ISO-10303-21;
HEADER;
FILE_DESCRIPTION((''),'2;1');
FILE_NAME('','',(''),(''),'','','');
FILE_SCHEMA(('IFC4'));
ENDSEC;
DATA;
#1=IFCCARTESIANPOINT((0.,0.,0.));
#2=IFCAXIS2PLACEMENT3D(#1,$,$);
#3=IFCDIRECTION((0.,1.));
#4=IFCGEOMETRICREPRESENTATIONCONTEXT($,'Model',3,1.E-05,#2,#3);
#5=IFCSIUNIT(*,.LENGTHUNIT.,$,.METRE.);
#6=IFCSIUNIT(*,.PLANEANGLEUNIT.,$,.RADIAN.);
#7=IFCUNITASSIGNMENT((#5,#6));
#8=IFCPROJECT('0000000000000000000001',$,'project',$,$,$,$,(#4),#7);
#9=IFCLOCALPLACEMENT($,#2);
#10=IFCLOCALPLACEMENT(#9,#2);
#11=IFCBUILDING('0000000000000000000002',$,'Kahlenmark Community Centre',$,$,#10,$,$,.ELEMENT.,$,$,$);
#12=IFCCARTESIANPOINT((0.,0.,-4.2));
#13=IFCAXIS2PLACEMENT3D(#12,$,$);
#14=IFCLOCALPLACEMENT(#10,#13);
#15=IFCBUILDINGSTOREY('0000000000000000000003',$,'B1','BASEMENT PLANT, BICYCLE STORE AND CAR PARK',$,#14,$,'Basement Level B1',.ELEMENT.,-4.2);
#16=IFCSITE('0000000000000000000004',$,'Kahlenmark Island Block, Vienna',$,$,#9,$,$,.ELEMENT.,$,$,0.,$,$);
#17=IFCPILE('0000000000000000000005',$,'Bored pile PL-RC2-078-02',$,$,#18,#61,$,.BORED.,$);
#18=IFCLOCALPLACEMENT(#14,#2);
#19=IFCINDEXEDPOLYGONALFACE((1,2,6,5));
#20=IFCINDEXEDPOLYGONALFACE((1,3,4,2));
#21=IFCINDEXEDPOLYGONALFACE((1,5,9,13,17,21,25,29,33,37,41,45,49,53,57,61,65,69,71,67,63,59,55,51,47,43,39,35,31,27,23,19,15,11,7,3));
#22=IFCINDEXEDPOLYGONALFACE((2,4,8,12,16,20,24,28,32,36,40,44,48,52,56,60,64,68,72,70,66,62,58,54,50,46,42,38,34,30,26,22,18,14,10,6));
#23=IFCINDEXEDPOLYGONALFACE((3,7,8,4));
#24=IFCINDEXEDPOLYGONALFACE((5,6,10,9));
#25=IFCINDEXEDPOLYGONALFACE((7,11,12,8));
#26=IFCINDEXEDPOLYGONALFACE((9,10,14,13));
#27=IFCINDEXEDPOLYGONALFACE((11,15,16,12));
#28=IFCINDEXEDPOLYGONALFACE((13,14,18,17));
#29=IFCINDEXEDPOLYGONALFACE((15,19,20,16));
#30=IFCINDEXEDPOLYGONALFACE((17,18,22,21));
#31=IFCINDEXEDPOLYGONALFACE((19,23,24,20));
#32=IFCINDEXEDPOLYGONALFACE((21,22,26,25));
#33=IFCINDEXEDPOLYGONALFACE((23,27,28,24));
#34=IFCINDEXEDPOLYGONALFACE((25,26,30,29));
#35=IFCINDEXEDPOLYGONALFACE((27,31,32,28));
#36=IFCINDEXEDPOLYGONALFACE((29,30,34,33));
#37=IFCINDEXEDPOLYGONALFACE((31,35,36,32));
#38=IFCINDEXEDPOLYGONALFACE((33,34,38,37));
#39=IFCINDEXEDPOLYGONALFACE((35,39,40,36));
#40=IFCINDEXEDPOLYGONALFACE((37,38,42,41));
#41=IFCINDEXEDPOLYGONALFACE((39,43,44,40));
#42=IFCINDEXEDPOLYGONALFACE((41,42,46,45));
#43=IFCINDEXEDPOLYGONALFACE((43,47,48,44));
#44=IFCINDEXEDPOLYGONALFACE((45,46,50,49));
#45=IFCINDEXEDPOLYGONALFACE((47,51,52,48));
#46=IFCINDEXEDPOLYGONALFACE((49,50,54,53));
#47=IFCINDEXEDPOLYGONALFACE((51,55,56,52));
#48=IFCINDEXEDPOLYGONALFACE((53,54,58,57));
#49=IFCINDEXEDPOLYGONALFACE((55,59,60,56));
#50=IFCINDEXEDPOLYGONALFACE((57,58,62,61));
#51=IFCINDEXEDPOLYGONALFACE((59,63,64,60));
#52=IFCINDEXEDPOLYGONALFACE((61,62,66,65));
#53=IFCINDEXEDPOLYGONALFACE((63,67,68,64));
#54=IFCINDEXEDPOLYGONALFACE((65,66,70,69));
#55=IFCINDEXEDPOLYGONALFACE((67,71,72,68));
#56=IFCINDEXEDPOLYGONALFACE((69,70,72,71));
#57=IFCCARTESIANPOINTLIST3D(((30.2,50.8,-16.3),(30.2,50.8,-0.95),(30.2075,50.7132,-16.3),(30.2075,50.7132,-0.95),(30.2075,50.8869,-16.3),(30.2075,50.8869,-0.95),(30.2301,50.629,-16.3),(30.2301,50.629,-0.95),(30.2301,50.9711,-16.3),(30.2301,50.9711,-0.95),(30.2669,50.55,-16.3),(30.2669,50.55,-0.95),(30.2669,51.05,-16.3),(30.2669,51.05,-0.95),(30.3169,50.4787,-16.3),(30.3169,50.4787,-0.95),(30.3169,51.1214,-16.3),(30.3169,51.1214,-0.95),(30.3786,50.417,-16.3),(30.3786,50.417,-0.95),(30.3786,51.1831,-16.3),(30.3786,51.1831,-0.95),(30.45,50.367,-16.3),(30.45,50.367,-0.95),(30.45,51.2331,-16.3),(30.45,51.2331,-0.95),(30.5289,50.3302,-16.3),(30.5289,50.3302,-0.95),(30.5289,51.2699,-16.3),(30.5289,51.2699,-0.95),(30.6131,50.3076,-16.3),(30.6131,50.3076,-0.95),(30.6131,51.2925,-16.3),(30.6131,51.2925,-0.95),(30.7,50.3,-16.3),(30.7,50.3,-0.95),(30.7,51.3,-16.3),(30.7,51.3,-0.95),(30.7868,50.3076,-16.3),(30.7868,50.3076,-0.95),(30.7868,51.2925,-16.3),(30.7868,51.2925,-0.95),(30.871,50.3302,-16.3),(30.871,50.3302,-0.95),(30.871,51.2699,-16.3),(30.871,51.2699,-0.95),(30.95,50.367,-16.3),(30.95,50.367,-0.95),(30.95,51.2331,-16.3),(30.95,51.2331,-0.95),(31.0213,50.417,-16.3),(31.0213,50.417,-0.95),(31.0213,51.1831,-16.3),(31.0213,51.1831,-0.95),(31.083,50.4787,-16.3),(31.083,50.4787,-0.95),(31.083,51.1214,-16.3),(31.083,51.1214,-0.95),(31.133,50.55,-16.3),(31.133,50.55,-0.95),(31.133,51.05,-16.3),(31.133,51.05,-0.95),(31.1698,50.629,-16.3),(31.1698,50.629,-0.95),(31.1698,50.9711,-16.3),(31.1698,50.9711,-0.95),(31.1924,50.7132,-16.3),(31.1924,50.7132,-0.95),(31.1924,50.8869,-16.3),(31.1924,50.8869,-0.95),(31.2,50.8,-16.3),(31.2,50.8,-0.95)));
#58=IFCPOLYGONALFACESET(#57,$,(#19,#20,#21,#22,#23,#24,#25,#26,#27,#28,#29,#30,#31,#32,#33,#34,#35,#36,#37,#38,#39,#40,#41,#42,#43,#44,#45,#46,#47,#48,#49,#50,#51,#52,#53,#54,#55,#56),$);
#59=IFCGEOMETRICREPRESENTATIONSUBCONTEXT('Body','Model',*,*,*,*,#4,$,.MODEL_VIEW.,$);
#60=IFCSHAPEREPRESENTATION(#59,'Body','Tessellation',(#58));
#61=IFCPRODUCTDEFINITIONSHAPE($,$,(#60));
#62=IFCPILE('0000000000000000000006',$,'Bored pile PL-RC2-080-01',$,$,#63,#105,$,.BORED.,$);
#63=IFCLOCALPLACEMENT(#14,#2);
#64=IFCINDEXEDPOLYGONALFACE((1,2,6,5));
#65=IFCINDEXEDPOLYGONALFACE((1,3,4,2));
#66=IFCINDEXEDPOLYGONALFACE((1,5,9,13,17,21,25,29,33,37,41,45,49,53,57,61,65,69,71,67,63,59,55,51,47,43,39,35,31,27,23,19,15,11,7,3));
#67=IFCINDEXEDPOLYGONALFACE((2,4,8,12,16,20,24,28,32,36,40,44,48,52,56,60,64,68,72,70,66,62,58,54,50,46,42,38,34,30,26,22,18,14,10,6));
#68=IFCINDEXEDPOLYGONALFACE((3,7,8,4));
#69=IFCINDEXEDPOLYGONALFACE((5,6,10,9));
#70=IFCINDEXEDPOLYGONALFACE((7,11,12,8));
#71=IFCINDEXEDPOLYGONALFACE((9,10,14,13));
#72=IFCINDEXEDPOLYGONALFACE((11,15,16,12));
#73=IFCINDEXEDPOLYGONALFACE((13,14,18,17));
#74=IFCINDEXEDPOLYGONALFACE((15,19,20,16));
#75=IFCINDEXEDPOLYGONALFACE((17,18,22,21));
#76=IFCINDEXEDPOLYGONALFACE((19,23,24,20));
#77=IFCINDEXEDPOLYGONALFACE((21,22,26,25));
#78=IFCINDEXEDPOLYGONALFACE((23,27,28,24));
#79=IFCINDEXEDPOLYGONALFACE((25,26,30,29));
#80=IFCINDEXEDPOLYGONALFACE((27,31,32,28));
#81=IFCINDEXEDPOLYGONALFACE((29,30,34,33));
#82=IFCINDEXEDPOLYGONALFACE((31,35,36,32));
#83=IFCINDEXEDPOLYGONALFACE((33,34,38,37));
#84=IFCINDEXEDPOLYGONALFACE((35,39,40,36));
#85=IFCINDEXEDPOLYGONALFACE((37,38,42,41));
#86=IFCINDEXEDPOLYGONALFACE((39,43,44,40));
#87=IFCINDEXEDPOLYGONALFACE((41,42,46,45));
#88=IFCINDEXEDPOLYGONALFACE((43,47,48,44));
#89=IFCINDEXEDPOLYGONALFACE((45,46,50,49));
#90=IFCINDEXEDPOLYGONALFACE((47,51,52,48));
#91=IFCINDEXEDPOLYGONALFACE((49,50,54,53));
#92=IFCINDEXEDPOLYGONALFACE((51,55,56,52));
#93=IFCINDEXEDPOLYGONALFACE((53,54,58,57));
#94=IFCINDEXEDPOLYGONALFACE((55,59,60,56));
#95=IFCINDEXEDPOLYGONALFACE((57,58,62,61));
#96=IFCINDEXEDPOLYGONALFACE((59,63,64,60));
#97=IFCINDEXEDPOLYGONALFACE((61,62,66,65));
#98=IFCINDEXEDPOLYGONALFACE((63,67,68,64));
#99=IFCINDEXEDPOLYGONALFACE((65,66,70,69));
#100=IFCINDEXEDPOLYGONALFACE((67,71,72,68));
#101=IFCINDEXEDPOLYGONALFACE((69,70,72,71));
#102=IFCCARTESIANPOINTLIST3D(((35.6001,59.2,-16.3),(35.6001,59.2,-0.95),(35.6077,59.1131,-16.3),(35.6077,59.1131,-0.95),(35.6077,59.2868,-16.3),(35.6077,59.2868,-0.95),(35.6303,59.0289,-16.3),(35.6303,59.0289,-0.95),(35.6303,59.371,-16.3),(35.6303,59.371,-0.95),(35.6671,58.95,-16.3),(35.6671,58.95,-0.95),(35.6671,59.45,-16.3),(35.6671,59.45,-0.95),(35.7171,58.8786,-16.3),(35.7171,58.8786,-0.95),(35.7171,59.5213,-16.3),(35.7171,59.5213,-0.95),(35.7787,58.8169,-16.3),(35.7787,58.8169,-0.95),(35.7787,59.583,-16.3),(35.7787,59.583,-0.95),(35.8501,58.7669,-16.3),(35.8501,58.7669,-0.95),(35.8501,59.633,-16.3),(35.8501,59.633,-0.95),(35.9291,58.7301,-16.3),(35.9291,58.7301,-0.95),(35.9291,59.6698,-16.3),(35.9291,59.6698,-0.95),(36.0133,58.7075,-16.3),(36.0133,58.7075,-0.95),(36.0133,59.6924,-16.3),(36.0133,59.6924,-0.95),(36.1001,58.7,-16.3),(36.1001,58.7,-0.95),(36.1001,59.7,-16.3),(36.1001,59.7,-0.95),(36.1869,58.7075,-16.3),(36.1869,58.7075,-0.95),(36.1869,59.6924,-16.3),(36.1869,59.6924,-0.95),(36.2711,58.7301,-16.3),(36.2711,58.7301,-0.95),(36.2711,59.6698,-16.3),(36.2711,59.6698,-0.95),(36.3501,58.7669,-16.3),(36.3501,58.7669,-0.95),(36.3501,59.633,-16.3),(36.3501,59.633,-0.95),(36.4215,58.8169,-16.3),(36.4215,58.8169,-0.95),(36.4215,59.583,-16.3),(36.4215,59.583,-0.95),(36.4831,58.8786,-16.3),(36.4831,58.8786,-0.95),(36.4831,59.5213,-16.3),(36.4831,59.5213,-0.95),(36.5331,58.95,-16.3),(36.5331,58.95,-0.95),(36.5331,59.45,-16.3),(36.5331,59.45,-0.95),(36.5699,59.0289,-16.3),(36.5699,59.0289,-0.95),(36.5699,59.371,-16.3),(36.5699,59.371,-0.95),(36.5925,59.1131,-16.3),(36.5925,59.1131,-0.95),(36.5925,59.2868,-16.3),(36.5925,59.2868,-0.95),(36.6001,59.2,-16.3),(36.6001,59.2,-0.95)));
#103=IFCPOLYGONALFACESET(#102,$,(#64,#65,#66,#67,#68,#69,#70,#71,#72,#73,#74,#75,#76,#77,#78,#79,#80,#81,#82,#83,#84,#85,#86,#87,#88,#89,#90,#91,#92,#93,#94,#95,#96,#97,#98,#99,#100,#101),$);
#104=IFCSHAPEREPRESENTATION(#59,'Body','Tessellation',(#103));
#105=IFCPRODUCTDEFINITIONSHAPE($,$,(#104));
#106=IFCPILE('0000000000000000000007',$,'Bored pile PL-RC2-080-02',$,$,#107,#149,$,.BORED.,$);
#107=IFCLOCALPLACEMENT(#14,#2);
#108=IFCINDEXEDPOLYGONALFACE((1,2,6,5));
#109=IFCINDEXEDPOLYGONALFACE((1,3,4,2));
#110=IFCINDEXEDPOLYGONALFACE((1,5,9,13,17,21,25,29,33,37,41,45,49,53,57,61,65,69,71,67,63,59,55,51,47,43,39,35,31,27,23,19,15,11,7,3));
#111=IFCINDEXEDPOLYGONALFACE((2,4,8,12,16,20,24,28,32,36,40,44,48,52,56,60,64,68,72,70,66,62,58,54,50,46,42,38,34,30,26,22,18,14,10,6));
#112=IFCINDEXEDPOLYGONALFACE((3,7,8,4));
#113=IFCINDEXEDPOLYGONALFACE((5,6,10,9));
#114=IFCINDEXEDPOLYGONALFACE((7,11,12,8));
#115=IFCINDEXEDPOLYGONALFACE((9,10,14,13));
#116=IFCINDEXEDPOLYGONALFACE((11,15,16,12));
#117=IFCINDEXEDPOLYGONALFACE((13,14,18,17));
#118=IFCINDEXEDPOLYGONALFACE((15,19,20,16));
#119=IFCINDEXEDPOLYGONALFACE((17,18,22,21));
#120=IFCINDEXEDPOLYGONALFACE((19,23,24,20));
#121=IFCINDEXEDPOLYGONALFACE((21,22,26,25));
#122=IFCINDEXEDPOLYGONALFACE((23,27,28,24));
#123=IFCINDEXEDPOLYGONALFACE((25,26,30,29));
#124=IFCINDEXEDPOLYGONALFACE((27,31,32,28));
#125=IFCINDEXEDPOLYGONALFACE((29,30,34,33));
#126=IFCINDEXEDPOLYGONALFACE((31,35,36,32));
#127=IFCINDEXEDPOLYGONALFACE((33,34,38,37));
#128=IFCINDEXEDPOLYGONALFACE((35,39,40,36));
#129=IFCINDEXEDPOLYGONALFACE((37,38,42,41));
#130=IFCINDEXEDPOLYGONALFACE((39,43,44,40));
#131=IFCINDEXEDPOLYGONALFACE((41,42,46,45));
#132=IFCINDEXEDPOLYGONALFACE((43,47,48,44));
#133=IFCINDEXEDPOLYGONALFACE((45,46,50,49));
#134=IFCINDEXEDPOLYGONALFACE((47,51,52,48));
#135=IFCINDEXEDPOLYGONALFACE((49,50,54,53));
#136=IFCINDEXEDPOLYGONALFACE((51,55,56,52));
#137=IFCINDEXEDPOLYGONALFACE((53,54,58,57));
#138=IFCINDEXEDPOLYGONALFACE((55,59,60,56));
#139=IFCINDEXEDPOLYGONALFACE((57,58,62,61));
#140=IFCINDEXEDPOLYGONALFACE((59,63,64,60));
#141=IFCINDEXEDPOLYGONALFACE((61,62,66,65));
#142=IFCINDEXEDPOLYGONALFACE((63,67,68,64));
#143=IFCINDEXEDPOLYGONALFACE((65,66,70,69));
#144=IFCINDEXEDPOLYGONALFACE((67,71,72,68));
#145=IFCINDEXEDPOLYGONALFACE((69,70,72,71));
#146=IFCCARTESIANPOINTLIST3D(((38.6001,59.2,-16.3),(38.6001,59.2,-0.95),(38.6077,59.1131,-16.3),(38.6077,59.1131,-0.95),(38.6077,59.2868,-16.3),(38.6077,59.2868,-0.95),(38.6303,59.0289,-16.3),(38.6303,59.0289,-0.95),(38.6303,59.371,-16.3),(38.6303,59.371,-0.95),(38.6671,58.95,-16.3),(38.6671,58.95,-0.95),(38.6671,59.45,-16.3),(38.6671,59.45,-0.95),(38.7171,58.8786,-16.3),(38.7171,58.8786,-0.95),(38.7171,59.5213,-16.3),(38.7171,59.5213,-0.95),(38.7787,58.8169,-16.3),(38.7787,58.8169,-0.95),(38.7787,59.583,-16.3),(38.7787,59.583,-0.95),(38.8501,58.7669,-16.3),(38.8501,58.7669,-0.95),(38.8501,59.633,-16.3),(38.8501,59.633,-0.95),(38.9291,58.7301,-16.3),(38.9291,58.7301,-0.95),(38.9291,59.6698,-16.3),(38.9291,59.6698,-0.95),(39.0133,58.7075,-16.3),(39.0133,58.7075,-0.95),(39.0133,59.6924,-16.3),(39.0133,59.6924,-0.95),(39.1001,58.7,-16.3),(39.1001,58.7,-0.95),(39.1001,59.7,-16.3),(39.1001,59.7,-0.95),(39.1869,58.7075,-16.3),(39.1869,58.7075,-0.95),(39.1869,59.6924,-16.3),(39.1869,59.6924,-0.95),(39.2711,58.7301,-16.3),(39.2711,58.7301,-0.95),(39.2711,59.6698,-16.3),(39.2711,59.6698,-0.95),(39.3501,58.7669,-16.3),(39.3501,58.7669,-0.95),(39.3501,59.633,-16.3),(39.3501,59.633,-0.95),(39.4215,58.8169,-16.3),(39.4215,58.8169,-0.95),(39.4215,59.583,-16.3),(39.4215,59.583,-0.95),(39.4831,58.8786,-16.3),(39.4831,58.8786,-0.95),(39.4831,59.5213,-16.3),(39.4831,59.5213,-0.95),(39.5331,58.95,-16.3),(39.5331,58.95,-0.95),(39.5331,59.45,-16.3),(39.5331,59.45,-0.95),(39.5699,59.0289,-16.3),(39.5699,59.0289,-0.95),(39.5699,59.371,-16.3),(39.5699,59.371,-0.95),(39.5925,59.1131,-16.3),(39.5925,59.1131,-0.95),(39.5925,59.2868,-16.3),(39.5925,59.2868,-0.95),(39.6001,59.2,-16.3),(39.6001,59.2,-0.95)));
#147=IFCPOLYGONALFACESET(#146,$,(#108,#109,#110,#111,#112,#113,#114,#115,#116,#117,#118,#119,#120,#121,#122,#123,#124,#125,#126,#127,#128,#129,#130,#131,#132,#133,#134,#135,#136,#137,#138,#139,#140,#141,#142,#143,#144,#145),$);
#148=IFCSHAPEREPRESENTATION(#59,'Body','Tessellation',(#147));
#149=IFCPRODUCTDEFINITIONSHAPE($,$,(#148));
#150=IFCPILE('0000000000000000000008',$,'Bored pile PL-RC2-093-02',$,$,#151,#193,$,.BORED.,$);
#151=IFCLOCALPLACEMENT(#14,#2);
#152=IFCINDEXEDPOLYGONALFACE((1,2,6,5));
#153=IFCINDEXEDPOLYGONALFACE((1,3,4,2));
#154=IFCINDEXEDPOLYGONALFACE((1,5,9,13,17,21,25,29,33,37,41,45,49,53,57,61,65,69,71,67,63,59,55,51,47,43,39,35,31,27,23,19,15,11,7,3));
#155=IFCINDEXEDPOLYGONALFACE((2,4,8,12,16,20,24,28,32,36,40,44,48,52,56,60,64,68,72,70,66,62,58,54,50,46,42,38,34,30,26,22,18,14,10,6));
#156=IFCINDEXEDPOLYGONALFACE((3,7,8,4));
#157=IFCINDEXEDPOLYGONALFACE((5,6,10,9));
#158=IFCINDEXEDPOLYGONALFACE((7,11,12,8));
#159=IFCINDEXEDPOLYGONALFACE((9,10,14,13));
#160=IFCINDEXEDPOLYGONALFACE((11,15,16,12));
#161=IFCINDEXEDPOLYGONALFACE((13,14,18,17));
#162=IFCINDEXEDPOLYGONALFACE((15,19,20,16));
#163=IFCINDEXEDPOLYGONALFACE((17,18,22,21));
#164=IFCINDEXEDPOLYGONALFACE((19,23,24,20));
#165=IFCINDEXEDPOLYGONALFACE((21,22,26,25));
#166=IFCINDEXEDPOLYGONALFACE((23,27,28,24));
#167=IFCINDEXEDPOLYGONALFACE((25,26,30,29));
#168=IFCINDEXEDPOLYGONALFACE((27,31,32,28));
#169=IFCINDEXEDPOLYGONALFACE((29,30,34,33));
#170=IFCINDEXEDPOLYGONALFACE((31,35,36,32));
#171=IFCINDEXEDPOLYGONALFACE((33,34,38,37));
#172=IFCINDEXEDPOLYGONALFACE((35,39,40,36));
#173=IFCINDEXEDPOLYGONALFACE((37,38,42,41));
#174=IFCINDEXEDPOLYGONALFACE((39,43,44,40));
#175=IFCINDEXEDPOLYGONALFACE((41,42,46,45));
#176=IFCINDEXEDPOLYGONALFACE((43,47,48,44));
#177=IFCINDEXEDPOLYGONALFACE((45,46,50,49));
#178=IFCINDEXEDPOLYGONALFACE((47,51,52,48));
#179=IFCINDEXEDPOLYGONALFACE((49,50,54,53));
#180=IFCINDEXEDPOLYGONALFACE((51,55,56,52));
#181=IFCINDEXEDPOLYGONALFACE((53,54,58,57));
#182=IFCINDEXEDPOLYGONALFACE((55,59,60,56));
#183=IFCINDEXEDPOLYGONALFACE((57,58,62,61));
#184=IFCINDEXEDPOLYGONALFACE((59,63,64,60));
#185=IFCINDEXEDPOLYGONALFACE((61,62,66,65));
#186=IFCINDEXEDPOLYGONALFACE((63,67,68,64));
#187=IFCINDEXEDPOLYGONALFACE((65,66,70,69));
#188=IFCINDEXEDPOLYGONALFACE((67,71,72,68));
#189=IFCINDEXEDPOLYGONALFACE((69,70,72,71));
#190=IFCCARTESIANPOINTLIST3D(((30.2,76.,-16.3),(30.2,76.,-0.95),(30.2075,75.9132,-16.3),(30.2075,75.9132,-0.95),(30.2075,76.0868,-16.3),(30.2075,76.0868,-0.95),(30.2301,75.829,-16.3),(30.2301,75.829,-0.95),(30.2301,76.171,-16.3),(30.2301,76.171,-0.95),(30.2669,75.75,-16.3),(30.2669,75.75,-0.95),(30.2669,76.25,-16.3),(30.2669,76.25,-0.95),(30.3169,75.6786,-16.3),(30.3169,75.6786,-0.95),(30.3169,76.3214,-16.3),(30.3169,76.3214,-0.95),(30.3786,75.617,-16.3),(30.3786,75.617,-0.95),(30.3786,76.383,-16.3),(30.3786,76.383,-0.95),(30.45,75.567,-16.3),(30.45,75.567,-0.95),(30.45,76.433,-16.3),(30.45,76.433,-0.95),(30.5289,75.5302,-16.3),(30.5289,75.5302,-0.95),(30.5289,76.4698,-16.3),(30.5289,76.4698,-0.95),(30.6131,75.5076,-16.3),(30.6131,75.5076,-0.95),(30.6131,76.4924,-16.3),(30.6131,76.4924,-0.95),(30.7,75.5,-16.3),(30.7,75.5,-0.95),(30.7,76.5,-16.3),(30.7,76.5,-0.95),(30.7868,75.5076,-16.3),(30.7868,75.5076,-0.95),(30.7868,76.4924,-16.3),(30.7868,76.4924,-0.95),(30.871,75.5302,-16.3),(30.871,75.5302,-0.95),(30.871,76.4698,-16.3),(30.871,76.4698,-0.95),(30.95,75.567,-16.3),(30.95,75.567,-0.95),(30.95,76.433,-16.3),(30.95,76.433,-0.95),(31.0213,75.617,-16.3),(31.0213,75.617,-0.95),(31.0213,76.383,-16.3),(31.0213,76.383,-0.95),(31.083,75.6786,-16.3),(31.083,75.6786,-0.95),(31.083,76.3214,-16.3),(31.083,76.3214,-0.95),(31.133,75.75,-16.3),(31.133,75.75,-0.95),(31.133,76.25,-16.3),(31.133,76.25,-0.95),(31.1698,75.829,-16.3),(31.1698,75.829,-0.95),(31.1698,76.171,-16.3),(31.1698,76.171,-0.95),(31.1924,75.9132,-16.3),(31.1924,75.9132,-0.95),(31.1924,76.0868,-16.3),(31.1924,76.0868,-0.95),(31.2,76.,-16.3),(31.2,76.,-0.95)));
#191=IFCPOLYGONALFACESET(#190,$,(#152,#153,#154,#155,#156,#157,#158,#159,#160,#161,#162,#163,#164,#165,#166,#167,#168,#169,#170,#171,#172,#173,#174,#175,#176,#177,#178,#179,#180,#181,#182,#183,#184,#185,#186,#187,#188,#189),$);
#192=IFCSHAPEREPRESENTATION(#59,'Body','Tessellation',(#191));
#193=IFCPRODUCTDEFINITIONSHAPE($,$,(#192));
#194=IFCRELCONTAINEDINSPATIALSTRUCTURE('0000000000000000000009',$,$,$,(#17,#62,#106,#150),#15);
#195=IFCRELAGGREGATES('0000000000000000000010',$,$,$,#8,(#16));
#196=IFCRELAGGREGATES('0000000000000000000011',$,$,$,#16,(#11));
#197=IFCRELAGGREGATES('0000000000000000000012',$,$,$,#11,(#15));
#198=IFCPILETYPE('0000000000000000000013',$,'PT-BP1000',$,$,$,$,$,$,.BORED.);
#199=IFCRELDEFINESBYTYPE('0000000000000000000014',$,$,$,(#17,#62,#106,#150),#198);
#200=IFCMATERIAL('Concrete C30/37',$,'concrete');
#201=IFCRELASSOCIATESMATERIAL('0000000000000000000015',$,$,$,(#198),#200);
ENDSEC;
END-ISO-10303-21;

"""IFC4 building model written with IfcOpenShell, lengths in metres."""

from ifc_helpers import new_model, si_unit, direction, frame, origin, origin_2d, place, context, subcontext, project, spatial, circle, extrude, material, material_profile, profile_set, type_object, element, save


model = new_model("IFC4")

# Units and contexts
model_context = context("Model", 3, precision=1e-05, world=origin(), true_north=direction((0.0, 1.0)))
body_context = subcontext(model_context, "Body", "Model", "MODEL_VIEW")
ifc_project = project(units=[si_unit("LENGTHUNIT", "METRE"), si_unit("PLANEANGLEUNIT", "RADIAN")], contexts=[model_context])

# Site, building, storey
site_placement = place(None, origin())
site = spatial("IfcSite", under=ifc_project, at=site_placement, Name="Kahlenmark Island Block, Vienna", CompositionType="ELEMENT", RefElevation=0.0)
building_placement = place(site_placement, origin())
building = spatial("IfcBuilding", under=site, at=building_placement, Name="Kahlenmark Community Centre", CompositionType="ELEMENT")
storey_placement = place(building_placement, frame((0.0, 0.0, -4.2)))
storey = spatial("IfcBuildingStorey", under=building, at=storey_placement, Name="B1", Description="BASEMENT PLANT, BICYCLE STORE AND CAR PARK", LongName="Basement Level B1", CompositionType="ELEMENT", Elevation=-4.2)

# Shared definitions
ifc_material_1 = material(Name="Concrete C30/37", Category="concrete")

# Piles
ifc_material_profile_1 = material_profile(ifc_material_1, circle(Radius=0.5, at=origin_2d()), Name="BORED PILE 1000")
ifc_profile_set_1 = profile_set([ifc_material_profile_1], Name="Concrete C30/37")
pile_type_1 = type_object("IfcPileType", Name="PT-BP1000", PredefinedType="BORED", material=ifc_profile_set_1)
for number, where, z_axis, x_axis, name in (
    (1, (30.7, 50.8, -0.95), (0.0, 0.0, -1.0), (1.0, 0.0, 0.0), "Bored pile PL-RC2-078-02"),
    (2, (36.1001, 59.2, -0.95), (0.0, 0.0, -1.0), (1.0, 0.0, 0.0), "Bored pile PL-RC2-080-01"),
    (3, (39.1001, 59.2, -0.95), (0.0, 0.0, -1.0), (1.0, 0.0, 0.0), "Bored pile PL-RC2-080-02"),
    (4, (30.7, 76.0, -0.95), (0.0, 0.0, -1.0), (1.0, 0.0, 0.0), "Bored pile PL-RC2-093-02"),
):
    element("IfcPile", number, at=place(storey_placement, frame(where, z_axis=z_axis, x_axis=x_axis)), inside=storey, type_object=pile_type_1, Name=name, PredefinedType="BORED", context=body_context, shape_type="SweptSolid", body=[
        extrude(circle(Radius=0.5, at=origin_2d()), origin(), (0.0, 0.0, 1.0), 15.3501),
    ])

save(model, "model.ifc")
